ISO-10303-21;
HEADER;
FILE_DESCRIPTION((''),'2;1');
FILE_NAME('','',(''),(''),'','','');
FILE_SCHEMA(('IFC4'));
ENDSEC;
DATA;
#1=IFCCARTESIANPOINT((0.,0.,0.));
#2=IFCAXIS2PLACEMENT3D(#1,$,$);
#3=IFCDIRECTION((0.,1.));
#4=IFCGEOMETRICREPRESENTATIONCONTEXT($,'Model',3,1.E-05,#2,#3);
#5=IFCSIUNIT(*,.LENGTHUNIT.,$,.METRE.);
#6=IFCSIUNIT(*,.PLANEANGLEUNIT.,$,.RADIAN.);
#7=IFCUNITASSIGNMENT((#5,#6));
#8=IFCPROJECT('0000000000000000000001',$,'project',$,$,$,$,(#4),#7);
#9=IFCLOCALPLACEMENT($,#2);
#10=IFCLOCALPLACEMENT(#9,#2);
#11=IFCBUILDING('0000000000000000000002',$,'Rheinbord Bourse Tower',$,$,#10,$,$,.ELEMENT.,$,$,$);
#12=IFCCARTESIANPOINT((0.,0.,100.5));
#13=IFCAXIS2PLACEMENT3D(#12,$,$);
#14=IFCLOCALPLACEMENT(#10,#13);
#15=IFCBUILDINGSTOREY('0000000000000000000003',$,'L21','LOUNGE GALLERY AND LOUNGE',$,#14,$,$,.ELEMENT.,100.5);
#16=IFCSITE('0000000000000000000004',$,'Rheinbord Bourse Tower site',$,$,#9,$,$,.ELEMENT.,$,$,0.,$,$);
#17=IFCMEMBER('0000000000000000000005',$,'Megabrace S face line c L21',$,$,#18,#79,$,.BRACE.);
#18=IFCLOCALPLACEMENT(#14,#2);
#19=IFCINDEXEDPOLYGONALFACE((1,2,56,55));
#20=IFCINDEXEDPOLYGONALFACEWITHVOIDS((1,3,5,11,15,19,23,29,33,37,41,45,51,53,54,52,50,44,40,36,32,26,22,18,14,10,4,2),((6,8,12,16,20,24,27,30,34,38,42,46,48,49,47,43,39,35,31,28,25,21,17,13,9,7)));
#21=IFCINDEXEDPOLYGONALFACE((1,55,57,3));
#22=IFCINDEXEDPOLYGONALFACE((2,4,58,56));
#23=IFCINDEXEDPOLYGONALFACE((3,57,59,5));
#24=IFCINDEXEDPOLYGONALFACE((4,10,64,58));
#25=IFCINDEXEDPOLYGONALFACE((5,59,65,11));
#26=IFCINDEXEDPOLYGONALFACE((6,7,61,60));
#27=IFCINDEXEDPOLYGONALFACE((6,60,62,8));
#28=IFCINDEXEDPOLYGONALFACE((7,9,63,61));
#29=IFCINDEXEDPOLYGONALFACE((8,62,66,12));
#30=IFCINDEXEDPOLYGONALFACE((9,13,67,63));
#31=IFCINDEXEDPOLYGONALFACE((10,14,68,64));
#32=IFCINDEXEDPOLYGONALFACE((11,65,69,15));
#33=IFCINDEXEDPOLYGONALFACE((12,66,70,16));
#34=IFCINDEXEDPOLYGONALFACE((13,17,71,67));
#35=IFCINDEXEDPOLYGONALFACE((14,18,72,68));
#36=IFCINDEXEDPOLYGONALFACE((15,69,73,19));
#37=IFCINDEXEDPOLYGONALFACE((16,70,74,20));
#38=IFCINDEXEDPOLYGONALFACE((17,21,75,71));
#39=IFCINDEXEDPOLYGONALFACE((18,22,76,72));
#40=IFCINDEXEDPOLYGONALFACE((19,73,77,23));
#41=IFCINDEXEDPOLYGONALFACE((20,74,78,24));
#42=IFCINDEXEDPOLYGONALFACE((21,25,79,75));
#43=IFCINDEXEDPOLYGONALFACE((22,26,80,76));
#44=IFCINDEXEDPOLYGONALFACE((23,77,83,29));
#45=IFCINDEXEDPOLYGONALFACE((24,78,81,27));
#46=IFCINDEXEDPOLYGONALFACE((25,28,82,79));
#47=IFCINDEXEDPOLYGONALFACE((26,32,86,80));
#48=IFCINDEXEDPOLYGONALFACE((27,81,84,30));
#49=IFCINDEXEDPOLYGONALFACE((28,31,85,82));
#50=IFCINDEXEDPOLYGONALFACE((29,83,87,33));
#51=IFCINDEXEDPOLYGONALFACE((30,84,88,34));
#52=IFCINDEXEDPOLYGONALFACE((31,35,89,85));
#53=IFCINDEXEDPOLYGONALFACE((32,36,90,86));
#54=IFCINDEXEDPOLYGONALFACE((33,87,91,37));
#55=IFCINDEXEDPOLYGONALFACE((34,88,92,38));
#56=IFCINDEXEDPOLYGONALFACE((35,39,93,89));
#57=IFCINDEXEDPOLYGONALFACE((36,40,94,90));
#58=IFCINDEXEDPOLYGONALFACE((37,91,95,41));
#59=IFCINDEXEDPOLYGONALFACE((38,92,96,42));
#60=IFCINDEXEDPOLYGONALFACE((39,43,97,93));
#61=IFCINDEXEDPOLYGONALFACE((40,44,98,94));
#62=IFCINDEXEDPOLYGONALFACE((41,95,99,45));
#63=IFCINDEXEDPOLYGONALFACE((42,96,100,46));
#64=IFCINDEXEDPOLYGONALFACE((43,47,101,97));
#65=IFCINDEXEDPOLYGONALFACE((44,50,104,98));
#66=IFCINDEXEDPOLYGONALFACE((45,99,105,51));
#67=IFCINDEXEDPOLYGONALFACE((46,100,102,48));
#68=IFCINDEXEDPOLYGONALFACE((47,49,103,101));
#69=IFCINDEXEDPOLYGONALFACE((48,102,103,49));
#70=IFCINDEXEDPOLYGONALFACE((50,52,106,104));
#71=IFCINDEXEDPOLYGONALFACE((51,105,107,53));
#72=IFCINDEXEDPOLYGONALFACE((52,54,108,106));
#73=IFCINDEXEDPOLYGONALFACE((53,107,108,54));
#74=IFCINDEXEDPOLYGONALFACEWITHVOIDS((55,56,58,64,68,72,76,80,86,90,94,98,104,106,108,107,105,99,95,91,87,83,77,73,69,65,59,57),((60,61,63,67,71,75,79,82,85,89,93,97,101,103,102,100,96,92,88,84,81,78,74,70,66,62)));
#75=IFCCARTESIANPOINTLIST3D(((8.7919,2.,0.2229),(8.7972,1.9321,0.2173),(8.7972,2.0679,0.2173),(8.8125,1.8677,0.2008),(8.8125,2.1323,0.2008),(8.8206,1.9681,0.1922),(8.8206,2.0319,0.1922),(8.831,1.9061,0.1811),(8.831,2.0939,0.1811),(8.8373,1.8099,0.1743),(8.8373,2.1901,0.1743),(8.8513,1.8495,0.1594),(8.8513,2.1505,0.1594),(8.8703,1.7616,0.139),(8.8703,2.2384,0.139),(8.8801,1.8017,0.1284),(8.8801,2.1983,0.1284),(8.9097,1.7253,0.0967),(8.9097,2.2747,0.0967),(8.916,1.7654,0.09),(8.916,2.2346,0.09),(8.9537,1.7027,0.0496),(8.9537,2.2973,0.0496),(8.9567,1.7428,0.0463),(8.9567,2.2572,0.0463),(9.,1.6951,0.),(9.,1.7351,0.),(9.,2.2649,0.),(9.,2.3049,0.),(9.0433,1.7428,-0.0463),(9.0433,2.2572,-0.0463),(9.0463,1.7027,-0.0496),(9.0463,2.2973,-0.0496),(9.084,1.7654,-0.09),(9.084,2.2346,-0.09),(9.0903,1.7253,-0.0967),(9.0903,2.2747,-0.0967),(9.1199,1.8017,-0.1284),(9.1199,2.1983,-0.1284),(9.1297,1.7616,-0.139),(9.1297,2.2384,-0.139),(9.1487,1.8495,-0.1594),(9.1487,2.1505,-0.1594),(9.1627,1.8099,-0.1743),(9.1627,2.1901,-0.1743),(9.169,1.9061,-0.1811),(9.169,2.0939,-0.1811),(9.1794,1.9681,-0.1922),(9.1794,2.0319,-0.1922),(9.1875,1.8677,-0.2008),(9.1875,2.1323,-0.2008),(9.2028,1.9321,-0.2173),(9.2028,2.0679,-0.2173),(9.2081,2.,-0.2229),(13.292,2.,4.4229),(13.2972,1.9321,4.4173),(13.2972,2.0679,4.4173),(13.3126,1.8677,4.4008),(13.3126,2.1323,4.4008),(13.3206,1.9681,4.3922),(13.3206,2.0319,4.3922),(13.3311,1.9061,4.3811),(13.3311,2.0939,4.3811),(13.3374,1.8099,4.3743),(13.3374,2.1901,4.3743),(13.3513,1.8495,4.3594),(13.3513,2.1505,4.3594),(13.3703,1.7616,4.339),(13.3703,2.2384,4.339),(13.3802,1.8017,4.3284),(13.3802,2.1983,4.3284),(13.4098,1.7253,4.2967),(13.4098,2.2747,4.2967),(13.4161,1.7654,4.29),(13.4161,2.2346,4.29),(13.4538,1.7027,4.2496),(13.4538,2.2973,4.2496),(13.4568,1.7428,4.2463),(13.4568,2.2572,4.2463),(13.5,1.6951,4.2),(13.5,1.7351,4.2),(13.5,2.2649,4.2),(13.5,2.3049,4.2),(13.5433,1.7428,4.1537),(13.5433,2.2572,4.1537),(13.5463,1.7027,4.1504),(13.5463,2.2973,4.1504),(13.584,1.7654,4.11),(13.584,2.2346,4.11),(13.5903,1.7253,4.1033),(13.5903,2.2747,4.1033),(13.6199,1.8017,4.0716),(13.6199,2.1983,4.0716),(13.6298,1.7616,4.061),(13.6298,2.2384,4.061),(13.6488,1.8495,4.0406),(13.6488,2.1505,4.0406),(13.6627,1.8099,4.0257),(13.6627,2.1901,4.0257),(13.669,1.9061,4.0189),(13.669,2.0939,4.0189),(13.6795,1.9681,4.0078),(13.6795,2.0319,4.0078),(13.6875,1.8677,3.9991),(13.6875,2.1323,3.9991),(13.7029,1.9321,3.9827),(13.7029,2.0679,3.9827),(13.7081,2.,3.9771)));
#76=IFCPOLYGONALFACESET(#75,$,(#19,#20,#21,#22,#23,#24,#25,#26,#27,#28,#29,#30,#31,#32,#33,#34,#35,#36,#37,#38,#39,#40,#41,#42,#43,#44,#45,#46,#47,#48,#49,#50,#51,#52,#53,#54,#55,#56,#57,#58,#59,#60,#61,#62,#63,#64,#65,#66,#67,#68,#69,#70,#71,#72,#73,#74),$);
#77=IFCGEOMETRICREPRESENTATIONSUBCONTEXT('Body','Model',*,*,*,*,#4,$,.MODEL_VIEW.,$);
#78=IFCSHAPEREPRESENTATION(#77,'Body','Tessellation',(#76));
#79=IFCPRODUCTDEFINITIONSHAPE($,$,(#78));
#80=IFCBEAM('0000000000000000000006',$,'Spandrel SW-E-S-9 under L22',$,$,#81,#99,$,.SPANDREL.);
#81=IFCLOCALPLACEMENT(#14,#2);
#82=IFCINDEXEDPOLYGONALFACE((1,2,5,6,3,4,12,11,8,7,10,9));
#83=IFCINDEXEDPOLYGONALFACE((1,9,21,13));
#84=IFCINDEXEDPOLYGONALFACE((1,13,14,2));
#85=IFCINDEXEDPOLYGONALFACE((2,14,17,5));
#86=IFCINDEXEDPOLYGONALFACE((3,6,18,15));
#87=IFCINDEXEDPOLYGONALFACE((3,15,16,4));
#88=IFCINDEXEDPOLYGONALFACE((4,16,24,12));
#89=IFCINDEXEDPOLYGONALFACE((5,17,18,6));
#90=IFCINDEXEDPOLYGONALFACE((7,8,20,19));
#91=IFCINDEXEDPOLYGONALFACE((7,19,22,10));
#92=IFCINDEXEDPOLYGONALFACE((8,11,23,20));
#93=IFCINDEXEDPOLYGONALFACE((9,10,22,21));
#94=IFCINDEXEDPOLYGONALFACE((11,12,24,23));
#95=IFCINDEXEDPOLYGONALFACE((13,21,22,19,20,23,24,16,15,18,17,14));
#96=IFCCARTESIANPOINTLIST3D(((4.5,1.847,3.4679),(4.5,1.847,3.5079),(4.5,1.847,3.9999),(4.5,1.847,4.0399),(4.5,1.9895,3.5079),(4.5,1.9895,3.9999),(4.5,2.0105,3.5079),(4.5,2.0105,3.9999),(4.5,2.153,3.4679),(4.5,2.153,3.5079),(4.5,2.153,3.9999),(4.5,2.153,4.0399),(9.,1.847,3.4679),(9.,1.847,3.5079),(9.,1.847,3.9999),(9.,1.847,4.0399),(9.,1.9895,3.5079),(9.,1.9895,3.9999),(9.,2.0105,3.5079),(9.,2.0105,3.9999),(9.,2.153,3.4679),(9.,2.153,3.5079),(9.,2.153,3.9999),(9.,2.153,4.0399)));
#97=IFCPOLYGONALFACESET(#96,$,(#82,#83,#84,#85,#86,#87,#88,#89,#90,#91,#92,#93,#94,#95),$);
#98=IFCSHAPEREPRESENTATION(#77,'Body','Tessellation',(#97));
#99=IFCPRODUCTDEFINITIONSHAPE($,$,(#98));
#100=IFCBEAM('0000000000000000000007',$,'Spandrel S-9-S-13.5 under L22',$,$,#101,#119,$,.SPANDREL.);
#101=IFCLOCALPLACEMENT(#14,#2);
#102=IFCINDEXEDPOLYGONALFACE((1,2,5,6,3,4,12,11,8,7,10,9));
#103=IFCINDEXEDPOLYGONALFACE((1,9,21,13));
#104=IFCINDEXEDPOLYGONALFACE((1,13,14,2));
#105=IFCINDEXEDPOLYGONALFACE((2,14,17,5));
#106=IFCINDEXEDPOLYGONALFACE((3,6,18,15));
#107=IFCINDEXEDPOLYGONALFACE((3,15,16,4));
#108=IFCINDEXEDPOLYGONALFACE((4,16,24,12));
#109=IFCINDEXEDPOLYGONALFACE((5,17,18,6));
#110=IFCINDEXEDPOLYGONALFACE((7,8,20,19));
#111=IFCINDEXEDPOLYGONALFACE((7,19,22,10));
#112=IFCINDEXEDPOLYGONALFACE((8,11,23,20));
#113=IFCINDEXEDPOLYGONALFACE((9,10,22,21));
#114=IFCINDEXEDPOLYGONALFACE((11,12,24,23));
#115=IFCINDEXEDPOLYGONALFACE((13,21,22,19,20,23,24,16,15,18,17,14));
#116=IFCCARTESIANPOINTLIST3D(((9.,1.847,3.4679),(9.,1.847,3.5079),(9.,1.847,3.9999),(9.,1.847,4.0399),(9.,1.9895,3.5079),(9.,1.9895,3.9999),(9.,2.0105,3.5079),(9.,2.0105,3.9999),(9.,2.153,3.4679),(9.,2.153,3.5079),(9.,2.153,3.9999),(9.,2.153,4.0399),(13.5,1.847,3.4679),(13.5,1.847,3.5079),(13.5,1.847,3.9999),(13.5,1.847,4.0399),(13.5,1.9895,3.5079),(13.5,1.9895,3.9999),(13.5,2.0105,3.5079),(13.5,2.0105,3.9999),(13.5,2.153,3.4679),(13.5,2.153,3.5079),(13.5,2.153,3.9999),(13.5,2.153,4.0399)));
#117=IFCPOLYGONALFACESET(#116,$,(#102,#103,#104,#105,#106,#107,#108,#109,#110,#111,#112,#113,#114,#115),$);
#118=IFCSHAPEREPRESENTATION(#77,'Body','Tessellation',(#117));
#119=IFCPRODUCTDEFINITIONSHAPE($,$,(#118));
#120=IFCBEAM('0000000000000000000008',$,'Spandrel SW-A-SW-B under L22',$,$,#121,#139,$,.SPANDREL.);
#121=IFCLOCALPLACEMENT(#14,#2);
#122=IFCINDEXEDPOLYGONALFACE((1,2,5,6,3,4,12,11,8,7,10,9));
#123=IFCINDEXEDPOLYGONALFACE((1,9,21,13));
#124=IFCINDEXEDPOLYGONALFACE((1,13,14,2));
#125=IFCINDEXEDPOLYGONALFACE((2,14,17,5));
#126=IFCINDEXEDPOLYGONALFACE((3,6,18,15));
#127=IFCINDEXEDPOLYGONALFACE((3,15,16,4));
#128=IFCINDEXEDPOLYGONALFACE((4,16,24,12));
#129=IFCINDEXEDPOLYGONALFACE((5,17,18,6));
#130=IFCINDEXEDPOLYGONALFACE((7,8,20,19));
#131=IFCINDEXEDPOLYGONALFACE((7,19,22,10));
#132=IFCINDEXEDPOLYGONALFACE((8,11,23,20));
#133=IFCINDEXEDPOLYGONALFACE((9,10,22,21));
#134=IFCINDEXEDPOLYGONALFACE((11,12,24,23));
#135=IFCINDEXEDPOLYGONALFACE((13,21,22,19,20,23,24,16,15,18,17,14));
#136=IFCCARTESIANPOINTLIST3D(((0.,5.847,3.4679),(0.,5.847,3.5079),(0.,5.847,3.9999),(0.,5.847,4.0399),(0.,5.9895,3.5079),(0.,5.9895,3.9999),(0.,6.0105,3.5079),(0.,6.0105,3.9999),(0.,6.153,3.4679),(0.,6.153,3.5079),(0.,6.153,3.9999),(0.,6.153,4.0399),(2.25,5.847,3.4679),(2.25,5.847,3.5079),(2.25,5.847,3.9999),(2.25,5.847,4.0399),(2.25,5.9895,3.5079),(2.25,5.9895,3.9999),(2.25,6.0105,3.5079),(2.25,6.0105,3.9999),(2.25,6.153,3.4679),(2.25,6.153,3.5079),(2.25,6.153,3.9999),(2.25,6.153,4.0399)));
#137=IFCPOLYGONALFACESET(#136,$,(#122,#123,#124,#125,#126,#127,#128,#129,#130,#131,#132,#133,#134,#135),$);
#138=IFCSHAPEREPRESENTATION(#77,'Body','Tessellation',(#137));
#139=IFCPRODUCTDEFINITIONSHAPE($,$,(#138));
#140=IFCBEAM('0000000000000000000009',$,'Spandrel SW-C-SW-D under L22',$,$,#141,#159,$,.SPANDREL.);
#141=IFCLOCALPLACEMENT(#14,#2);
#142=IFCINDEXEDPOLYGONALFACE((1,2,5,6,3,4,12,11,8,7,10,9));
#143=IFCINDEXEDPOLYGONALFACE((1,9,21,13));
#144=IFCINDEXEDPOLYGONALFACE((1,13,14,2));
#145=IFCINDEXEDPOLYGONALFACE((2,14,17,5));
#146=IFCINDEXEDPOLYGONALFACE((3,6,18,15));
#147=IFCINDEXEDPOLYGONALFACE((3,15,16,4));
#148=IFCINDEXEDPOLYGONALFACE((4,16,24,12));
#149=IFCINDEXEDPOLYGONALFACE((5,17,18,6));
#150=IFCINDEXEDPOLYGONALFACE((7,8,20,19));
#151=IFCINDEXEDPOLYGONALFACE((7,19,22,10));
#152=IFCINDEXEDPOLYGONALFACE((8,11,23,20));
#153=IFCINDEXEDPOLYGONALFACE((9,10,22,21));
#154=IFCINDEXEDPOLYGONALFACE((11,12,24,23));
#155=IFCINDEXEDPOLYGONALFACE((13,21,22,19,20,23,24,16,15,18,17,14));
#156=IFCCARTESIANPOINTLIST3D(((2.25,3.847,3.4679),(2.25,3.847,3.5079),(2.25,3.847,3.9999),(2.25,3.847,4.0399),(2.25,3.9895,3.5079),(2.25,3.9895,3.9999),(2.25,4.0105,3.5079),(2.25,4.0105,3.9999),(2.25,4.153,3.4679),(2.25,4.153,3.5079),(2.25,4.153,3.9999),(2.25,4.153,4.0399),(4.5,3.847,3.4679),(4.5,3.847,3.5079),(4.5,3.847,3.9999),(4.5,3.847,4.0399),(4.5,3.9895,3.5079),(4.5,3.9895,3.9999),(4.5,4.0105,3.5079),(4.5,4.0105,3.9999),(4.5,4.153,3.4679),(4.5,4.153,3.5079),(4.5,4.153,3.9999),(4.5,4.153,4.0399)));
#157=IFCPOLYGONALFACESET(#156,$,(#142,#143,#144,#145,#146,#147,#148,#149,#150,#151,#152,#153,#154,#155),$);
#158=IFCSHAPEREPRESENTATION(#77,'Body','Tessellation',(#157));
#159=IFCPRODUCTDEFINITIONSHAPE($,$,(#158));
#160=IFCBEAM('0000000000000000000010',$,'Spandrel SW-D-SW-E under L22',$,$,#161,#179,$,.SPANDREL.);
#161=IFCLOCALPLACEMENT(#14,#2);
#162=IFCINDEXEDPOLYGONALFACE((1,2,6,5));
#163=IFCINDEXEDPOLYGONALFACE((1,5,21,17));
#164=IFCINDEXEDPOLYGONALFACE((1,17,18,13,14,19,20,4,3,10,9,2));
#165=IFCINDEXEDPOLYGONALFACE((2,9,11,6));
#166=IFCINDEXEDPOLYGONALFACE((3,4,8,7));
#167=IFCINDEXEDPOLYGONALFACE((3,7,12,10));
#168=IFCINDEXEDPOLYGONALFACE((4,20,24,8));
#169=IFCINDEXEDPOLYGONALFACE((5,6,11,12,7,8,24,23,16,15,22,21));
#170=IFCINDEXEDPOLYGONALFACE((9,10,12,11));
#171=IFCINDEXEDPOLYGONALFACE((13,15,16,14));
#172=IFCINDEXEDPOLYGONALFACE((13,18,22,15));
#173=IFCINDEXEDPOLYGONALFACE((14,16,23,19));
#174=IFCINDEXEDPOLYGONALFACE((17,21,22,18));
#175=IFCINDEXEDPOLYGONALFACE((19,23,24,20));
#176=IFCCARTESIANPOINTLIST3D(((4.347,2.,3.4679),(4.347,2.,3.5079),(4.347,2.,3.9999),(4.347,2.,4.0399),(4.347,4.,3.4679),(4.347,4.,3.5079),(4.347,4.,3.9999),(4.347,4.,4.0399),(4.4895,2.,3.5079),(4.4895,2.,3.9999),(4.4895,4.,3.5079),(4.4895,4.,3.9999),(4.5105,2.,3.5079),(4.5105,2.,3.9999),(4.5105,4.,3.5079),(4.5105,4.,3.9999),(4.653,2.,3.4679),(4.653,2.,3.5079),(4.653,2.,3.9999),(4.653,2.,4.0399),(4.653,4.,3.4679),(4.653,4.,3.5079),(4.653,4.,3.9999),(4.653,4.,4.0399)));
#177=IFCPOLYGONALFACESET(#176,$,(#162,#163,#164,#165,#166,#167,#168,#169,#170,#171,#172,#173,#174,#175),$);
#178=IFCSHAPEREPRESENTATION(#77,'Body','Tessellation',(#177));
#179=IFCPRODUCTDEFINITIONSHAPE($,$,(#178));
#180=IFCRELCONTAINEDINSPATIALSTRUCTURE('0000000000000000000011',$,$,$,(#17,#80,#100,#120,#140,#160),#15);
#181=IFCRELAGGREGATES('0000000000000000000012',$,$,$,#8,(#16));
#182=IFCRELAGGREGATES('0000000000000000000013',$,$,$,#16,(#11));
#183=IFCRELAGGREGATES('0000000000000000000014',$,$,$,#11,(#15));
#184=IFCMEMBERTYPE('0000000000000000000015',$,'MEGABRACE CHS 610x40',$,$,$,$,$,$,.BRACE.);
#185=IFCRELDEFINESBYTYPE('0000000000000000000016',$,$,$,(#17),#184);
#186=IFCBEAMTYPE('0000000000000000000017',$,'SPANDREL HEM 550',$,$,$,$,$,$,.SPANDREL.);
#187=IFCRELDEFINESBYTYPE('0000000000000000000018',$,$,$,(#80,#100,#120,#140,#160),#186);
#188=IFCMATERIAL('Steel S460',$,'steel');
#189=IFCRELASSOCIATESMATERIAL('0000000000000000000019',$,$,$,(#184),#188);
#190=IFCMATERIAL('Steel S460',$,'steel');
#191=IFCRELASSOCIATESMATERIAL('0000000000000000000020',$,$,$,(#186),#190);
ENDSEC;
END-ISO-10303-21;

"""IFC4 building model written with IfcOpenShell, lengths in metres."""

from ifc_helpers import new_model, si_unit, direction, frame, origin, origin_2d, place, context, subcontext, project, spatial, hollow_circle, i_section, extrude, material, material_profile, profile_set, type_object, element, save


model = new_model("IFC4")

# Units and contexts
model_context = context("Model", 3, precision=1e-05, world=origin(), true_north=direction((0.0, 1.0)))
body_context = subcontext(model_context, "Body", "Model", "MODEL_VIEW")
ifc_project = project(units=[si_unit("LENGTHUNIT", "METRE"), si_unit("PLANEANGLEUNIT", "RADIAN")], contexts=[model_context])

# Site, building, storey
site_placement = place(None, origin())
site = spatial("IfcSite", under=ifc_project, at=site_placement, Name="Rheinbord Bourse Tower site", CompositionType="ELEMENT", RefElevation=0.0)
building_placement = place(site_placement, origin())
building = spatial("IfcBuilding", under=site, at=building_placement, Name="Rheinbord Bourse Tower", CompositionType="ELEMENT")
storey_placement = place(building_placement, frame((0.0, 0.0, 100.5)))
storey = spatial("IfcBuildingStorey", under=building, at=storey_placement, Name="L21", Description="LOUNGE GALLERY AND LOUNGE", CompositionType="ELEMENT", Elevation=100.5)

# Member
ifc_material_1 = material(Name="Steel S460", Category="steel")
ifc_material_profile_1 = material_profile(ifc_material_1, hollow_circle(Radius=0.3049, WallThickness=0.04, at=origin_2d()), Name="CHS 610x40")
ifc_profile_set_1 = profile_set([ifc_material_profile_1], Name="Steel S460")
member_type_1 = type_object("IfcMemberType", Name="MEGABRACE CHS 610x40", PredefinedType="BRACE", material=ifc_profile_set_1)
member_1_placement = place(storey_placement, frame((9.0, 2.0, 0.0), z_axis=(0.731059, 0.0, 0.682314), x_axis=(0.0, 1.0, 0.0)))
element("IfcMember", 1, at=member_1_placement, inside=storey, type_object=member_type_1, Name="Megabrace S face line c L21", PredefinedType="BRACE", context=body_context, shape_type="SweptSolid", body=[
    extrude(hollow_circle(Radius=0.3049, WallThickness=0.04, at=origin_2d()), origin(), (0.0, 0.0, 1.0), 6.1555),
])

# Beams
ifc_material_2 = material(Name="Steel S460", Category="steel")
ifc_material_profile_2 = material_profile(ifc_material_2, i_section(OverallWidth=0.3059, OverallDepth=0.572, WebThickness=0.021, FlangeThickness=0.04, at=origin_2d()), Name="HEM 550")
ifc_profile_set_2 = profile_set([ifc_material_profile_2], Name="Steel S460")
beam_type_1 = type_object("IfcBeamType", Name="SPANDREL HEM 550", PredefinedType="SPANDREL", material=ifc_profile_set_2)
for number, where, z_axis, x_axis, name in (
    (2, (4.5, 2.0, 3.7539), (1.0, 0.0, 0.0), (0.0, 1.0, 0.0), "Spandrel SW-E-S-9 under L22"),
    (3, (9.0, 2.0, 3.7539), (1.0, 0.0, 0.0), (0.0, 1.0, 0.0), "Spandrel S-9-S-13.5 under L22"),
):
    element("IfcBeam", number, at=place(storey_placement, frame(where, z_axis=z_axis, x_axis=x_axis)), inside=storey, type_object=beam_type_1, Name=name, PredefinedType="SPANDREL", context=body_context, shape_type="SweptSolid", body=[
        extrude(i_section(OverallWidth=0.3059, OverallDepth=0.572, WebThickness=0.021, FlangeThickness=0.04, at=origin_2d()), origin(), (0.0, 0.0, 1.0), 4.5),
    ])
for number, where, z_axis, x_axis, name in (
    (4, (0.0, 6.0, 3.7539), (1.0, 0.0, 0.0), (0.0, 1.0, 0.0), "Spandrel SW-A-SW-B under L22"),
    (5, (2.25, 4.0, 3.7539), (1.0, 0.0, 0.0), (0.0, 1.0, 0.0), "Spandrel SW-C-SW-D under L22"),
):
    element("IfcBeam", number, at=place(storey_placement, frame(where, z_axis=z_axis, x_axis=x_axis)), inside=storey, type_object=beam_type_1, Name=name, PredefinedType="SPANDREL", context=body_context, shape_type="SweptSolid", body=[
        extrude(i_section(OverallWidth=0.3059, OverallDepth=0.572, WebThickness=0.021, FlangeThickness=0.04, at=origin_2d()), origin(), (0.0, 0.0, 1.0), 2.25),
    ])
beam_1_placement = place(storey_placement, frame((4.5, 4.0, 3.7539), z_axis=(0.0, -1.0, 0.0), x_axis=(1.0, 0.0, 0.0)))
element("IfcBeam", 6, at=beam_1_placement, inside=storey, type_object=beam_type_1, Name="Spandrel SW-D-SW-E under L22", PredefinedType="SPANDREL", context=body_context, shape_type="SweptSolid", body=[
    extrude(i_section(OverallWidth=0.3059, OverallDepth=0.572, WebThickness=0.021, FlangeThickness=0.04, at=origin_2d()), origin(), (0.0, 0.0, 1.0), 2.0),
])

save(model, "model.ifc")
